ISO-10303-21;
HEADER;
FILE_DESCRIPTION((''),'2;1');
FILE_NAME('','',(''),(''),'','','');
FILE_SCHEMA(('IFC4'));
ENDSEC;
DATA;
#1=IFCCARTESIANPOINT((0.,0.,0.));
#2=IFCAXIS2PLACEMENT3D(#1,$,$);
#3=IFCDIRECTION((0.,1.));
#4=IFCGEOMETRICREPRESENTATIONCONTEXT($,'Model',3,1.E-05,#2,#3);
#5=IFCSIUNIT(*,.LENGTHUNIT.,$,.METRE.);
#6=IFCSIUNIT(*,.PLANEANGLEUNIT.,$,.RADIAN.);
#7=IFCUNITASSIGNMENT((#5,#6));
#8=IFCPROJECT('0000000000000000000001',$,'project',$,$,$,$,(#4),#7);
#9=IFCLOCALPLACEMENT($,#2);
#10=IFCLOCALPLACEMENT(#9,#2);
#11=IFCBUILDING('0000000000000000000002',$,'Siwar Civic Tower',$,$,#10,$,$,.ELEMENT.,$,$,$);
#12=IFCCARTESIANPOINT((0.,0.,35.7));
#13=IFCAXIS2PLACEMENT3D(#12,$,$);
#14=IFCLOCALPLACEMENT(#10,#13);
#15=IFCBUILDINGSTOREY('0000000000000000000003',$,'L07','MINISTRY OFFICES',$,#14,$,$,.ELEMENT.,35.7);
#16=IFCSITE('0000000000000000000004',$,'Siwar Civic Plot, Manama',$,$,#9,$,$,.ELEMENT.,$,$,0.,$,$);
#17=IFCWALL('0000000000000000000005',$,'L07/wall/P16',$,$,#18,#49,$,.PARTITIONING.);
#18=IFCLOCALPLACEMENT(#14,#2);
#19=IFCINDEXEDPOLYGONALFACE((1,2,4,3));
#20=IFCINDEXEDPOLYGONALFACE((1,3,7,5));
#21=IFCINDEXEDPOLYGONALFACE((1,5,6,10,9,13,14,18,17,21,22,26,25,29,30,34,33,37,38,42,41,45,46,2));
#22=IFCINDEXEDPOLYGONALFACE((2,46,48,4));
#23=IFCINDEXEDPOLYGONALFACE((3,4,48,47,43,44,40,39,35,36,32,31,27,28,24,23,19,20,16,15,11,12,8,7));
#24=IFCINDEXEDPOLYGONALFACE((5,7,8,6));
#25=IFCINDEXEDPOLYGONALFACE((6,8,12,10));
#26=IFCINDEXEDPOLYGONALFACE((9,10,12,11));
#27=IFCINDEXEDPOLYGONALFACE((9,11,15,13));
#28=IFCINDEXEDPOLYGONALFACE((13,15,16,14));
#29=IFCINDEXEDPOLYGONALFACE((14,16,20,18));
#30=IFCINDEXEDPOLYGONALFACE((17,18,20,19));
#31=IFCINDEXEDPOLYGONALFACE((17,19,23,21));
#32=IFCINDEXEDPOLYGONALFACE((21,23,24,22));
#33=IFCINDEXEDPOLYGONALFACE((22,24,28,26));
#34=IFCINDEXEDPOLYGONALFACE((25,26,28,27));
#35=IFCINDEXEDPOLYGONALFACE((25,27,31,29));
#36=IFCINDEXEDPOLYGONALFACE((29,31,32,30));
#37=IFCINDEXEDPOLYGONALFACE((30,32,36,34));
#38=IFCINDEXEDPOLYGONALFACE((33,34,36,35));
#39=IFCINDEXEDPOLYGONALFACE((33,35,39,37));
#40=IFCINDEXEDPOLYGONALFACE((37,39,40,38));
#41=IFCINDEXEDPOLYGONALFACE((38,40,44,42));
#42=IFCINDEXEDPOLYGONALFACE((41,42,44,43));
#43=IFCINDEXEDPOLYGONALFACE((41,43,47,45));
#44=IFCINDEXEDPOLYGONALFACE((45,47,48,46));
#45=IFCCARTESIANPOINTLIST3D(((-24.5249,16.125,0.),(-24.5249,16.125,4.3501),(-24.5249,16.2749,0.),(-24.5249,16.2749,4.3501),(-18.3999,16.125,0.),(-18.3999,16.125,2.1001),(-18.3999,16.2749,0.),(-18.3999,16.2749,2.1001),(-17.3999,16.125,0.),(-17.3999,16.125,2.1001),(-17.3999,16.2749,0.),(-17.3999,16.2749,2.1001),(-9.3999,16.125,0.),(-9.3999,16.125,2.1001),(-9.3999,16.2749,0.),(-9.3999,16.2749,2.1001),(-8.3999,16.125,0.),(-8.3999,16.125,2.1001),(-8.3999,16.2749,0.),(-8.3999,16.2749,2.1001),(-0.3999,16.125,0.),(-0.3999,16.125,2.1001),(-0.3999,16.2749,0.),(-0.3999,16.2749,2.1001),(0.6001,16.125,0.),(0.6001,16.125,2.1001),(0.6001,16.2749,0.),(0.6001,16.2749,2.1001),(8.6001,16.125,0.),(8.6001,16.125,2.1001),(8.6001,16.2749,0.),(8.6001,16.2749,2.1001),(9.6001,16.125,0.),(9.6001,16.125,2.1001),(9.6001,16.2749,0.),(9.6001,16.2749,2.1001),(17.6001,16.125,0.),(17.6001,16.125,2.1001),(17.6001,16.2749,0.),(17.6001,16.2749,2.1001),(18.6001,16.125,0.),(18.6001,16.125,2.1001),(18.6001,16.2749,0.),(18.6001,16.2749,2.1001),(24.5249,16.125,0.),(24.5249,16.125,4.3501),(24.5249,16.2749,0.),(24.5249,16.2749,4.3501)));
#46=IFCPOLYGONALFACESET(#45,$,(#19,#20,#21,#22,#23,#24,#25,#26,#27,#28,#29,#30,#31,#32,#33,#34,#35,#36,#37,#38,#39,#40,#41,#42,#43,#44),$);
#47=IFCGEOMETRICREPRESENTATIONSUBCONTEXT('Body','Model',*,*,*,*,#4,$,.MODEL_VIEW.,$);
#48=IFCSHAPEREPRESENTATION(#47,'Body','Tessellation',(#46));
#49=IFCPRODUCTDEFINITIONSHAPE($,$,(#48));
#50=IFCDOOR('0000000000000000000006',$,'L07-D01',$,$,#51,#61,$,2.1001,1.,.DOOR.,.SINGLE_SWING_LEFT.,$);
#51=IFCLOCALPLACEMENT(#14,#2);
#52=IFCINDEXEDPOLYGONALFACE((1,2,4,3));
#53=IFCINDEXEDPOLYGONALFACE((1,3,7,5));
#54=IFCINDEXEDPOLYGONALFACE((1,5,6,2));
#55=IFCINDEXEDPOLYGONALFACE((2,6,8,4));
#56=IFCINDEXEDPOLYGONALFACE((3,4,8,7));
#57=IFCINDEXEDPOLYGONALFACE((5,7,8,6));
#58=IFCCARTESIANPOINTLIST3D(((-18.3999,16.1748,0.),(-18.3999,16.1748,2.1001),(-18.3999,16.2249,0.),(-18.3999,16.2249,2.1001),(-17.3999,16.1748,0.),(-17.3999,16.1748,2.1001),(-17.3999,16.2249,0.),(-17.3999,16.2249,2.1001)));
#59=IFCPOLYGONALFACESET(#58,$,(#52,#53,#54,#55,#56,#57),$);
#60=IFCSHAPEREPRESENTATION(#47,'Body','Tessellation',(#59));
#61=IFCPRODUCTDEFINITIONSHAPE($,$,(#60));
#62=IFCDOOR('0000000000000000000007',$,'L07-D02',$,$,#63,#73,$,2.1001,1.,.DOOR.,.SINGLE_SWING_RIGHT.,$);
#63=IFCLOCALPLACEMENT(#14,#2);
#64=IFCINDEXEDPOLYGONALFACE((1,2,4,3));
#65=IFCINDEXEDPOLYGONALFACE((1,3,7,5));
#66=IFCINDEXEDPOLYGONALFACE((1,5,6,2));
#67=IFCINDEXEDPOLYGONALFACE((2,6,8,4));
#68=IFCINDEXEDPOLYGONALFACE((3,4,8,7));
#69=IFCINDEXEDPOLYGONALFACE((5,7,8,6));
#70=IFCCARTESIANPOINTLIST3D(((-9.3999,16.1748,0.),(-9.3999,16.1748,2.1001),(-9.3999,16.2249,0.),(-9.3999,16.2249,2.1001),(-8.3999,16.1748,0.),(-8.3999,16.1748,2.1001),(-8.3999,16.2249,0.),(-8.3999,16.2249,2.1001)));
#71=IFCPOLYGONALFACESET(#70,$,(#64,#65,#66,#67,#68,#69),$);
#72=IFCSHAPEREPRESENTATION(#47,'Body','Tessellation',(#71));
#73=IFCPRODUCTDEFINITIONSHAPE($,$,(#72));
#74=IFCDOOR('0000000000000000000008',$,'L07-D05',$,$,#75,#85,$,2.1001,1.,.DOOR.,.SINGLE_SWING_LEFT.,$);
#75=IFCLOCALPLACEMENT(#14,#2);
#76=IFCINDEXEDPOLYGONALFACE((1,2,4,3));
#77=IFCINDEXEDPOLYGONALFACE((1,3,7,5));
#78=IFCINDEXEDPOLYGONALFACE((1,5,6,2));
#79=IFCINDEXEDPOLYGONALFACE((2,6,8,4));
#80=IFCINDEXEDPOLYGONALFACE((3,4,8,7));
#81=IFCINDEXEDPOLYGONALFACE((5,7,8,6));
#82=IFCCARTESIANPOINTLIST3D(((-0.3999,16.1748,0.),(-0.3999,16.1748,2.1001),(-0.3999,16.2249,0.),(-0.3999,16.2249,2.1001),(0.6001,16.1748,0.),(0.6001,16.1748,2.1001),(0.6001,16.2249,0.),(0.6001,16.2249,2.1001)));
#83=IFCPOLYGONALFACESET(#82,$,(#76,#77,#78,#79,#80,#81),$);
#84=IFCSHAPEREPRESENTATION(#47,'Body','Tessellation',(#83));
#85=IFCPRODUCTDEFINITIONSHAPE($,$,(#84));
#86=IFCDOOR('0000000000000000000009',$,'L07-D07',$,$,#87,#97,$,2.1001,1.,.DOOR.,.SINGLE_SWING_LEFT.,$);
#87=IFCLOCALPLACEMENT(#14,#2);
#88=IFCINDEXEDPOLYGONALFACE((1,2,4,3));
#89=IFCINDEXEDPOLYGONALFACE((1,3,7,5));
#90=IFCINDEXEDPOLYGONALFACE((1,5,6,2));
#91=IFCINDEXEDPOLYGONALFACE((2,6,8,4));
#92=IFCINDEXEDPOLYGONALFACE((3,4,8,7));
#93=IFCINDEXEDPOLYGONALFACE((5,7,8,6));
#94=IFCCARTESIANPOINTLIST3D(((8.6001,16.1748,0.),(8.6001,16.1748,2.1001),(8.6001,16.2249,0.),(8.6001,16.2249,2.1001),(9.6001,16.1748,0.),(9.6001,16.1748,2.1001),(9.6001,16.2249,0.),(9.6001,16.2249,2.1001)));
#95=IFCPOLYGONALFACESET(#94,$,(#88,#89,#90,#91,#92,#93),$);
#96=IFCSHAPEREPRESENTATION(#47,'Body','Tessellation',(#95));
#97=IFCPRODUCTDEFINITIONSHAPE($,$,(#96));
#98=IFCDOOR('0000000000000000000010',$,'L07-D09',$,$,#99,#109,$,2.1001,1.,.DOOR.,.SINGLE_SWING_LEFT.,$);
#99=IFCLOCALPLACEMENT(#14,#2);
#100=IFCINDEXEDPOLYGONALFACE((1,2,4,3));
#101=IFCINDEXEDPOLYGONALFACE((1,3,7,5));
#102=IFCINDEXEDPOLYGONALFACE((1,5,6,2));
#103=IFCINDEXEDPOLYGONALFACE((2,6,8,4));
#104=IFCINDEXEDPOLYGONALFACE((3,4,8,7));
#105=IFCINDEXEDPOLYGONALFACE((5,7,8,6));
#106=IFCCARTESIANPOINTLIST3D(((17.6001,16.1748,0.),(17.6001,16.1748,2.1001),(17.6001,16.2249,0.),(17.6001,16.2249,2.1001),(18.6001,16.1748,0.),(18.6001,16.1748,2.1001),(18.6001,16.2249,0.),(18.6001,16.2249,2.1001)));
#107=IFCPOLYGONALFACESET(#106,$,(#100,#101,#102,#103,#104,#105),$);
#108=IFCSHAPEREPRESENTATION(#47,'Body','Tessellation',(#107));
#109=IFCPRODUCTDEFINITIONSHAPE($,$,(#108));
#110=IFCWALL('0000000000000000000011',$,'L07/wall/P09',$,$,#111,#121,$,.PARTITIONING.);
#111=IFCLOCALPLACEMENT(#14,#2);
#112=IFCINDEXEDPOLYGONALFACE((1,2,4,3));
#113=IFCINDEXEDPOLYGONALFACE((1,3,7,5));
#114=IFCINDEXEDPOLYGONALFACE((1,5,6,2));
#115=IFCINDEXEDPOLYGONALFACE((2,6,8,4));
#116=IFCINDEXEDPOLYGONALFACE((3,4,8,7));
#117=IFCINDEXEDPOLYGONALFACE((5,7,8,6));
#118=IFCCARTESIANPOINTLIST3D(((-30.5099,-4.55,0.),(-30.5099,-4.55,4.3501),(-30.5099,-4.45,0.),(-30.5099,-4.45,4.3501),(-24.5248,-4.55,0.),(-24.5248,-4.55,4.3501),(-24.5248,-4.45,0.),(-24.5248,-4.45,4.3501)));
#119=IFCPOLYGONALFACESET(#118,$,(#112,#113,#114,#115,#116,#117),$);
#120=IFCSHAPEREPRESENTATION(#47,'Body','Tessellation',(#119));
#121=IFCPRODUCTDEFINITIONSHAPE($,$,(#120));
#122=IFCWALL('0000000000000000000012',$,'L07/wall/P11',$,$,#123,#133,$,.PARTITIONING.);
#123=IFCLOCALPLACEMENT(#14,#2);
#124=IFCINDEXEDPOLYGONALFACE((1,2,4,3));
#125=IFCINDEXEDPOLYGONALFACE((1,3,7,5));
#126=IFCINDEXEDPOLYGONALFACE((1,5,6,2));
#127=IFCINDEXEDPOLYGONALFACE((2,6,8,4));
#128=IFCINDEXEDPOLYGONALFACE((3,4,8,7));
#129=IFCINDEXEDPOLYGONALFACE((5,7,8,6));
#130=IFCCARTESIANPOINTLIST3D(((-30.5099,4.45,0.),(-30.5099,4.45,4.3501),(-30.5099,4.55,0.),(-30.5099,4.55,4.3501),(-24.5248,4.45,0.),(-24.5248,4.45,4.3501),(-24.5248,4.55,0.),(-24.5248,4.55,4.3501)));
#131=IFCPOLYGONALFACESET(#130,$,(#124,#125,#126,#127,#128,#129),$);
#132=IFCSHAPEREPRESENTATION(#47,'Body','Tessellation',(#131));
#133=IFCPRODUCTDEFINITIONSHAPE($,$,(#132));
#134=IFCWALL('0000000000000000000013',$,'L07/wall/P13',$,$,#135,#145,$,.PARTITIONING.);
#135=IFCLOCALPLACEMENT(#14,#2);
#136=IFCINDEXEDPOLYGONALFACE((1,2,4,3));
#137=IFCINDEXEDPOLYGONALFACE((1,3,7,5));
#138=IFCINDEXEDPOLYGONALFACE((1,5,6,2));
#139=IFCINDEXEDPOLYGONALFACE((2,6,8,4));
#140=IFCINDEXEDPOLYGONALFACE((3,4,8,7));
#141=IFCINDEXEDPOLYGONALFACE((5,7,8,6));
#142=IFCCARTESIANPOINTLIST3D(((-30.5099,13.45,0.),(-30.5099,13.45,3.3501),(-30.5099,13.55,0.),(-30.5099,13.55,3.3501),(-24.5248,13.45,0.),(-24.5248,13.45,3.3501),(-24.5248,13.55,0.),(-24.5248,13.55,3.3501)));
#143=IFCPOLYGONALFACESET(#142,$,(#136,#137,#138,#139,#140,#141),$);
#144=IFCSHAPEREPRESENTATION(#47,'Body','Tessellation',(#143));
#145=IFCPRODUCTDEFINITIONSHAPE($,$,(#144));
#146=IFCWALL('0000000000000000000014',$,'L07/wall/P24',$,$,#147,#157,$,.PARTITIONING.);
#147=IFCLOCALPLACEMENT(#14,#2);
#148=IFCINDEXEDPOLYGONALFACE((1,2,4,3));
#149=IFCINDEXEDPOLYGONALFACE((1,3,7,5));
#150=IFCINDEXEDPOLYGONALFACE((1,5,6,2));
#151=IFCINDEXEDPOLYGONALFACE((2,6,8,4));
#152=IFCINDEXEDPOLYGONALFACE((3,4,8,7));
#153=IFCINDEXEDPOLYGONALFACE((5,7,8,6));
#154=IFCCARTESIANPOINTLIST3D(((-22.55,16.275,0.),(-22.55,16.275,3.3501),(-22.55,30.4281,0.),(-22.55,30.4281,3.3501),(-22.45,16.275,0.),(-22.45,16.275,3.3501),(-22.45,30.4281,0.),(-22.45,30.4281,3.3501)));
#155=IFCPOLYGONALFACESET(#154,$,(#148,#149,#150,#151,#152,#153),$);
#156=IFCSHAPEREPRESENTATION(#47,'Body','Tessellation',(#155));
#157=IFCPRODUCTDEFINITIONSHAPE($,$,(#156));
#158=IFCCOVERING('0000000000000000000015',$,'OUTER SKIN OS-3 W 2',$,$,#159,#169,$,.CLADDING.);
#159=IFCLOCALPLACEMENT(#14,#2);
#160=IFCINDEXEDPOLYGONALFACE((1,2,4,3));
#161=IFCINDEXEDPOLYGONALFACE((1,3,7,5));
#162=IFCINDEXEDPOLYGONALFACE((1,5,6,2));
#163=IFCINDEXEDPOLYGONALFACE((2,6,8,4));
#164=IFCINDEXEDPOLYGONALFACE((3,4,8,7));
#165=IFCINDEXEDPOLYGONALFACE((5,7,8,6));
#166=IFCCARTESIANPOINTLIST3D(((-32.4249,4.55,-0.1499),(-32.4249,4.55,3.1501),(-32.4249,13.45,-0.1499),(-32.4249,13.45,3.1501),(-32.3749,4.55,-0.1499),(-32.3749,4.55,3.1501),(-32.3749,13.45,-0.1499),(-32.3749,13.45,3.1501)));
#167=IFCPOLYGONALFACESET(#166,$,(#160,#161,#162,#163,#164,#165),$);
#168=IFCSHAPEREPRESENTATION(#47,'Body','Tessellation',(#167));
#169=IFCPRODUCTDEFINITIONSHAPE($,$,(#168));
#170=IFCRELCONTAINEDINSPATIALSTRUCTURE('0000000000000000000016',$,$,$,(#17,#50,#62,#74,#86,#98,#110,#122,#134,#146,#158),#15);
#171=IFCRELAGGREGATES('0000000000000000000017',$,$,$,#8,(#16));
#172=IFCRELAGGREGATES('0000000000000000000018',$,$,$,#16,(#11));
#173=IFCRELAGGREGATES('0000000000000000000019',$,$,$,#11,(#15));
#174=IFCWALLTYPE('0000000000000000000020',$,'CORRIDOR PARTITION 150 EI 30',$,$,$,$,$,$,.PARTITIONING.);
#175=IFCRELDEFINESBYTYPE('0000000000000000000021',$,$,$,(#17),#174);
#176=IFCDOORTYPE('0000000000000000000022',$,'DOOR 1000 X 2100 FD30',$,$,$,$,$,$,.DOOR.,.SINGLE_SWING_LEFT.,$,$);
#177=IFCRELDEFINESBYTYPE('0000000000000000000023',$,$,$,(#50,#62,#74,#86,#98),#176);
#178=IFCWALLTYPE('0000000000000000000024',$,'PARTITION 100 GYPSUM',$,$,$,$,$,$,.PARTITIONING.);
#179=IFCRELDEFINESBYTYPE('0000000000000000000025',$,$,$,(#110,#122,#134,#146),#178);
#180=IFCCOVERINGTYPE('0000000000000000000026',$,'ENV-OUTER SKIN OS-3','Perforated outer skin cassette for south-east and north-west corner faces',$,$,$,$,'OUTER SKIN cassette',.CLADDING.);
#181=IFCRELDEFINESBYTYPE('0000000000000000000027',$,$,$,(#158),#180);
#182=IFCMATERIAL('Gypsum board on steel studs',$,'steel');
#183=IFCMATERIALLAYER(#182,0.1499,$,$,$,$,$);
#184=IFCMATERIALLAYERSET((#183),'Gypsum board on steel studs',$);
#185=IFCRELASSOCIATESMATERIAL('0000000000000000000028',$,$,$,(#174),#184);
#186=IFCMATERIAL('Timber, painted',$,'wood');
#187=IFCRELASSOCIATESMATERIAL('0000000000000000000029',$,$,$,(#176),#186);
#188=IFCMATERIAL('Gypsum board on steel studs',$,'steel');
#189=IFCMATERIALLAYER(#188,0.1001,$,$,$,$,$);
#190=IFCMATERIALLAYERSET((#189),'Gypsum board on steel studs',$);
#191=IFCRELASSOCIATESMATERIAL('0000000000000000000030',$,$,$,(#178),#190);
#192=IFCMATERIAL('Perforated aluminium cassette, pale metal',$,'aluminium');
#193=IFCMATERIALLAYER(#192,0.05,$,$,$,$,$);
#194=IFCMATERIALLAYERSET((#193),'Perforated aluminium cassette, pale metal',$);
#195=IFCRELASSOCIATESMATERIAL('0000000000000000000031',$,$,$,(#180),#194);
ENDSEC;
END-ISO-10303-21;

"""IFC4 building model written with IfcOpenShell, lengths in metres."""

from ifc_helpers import new_model, si_unit, direction, frame, frame_2d, origin, origin_2d, place, context, subcontext, project, spatial, rectangle, extrude, material, layer, layer_set, type_object, element, fill, save


model = new_model("IFC4")

# Units and contexts
model_context = context("Model", 3, precision=1e-05, world=origin(), true_north=direction((0.0, 1.0)))
body_context = subcontext(model_context, "Body", "Model", "MODEL_VIEW")
ifc_project = project(units=[si_unit("LENGTHUNIT", "METRE"), si_unit("PLANEANGLEUNIT", "RADIAN")], contexts=[model_context])

# Site, building, storey
site_placement = place(None, origin())
site = spatial("IfcSite", under=ifc_project, at=site_placement, Name="Siwar Civic Plot, Manama", CompositionType="ELEMENT", RefElevation=0.0)
building_placement = place(site_placement, origin())
building = spatial("IfcBuilding", under=site, at=building_placement, Name="Siwar Civic Tower", CompositionType="ELEMENT")
storey_placement = place(building_placement, frame((0.0, 0.0, 35.7)))
storey = spatial("IfcBuildingStorey", under=building, at=storey_placement, Name="L07", Description="MINISTRY OFFICES", CompositionType="ELEMENT", Elevation=35.7)

# Wall, openings, doors
ifc_material_1 = material(Name="Gypsum board on steel studs", Category="steel")
ifc_layer_1 = layer(ifc_material_1, 0.1499)
ifc_layer_set_1 = layer_set([ifc_layer_1], Name="Gypsum board on steel studs")
wall_type_1 = type_object("IfcWallType", Name="CORRIDOR PARTITION 150 EI 30", PredefinedType="PARTITIONING", material=ifc_layer_set_1)
wall_1_placement = place(storey_placement, frame((-24.5249, 16.2, 0.0), z_axis=(0.0, 0.0, 1.0), x_axis=(1.0, 0.0, 0.0)))
wall_1 = element("IfcWall", 1, at=wall_1_placement, inside=storey, type_object=wall_type_1, Name="L07/wall/P16", PredefinedType="PARTITIONING", context=body_context, shape_type="SweptSolid", body=[
    extrude(rectangle(XDim=49.0498, YDim=0.1499, at=frame_2d((24.5249, 0.0))), origin(), (0.0, 0.0, 1.0), 4.3501),
])
opening_1_placement = place(wall_1_placement, frame((6.125, 0.0, 0.0)))
opening_1 = element("IfcOpeningElement", 2, at=opening_1_placement, cuts=wall_1, PredefinedType="OPENING", context=body_context, shape_type="SweptSolid", body=[
    extrude(rectangle(XDim=1.0, YDim=2.1001, at=frame_2d((0.5, 1.05))), frame((0.0, 0.085, 0.0), z_axis=(0.0, -1.0, 0.0), x_axis=(1.0, 0.0, 0.0)), (0.0, 0.0, 1.0), 0.1699),
])
opening_2_placement = place(wall_1_placement, frame((15.125, 0.0, 0.0)))
opening_2 = element("IfcOpeningElement", 3, at=opening_2_placement, cuts=wall_1, PredefinedType="OPENING", context=body_context, shape_type="SweptSolid", body=[
    extrude(rectangle(XDim=1.0, YDim=2.1001, at=frame_2d((0.5, 1.05))), frame((0.0, 0.085, 0.0), z_axis=(0.0, -1.0, 0.0), x_axis=(1.0, 0.0, 0.0)), (0.0, 0.0, 1.0), 0.1699),
])
opening_3_placement = place(wall_1_placement, frame((24.125, 0.0, 0.0)))
opening_3 = element("IfcOpeningElement", 4, at=opening_3_placement, cuts=wall_1, PredefinedType="OPENING", context=body_context, shape_type="SweptSolid", body=[
    extrude(rectangle(XDim=1.0, YDim=2.1001, at=frame_2d((0.5, 1.05))), frame((0.0, 0.085, 0.0), z_axis=(0.0, -1.0, 0.0), x_axis=(1.0, 0.0, 0.0)), (0.0, 0.0, 1.0), 0.1699),
])
opening_4_placement = place(wall_1_placement, frame((33.125, 0.0, 0.0)))
opening_4 = element("IfcOpeningElement", 5, at=opening_4_placement, cuts=wall_1, PredefinedType="OPENING", context=body_context, shape_type="SweptSolid", body=[
    extrude(rectangle(XDim=1.0, YDim=2.1001, at=frame_2d((0.5, 1.05))), frame((0.0, 0.085, 0.0), z_axis=(0.0, -1.0, 0.0), x_axis=(1.0, 0.0, 0.0)), (0.0, 0.0, 1.0), 0.1699),
])
opening_5_placement = place(wall_1_placement, frame((42.125, 0.0, 0.0)))
opening_5 = element("IfcOpeningElement", 6, at=opening_5_placement, cuts=wall_1, PredefinedType="OPENING", context=body_context, shape_type="SweptSolid", body=[
    extrude(rectangle(XDim=1.0, YDim=2.1001, at=frame_2d((0.5, 1.05))), frame((0.0, 0.085, 0.0), z_axis=(0.0, -1.0, 0.0), x_axis=(1.0, 0.0, 0.0)), (0.0, 0.0, 1.0), 0.1699),
])
ifc_material_2 = material(Name="Timber, painted", Category="wood")
door_type = type_object("IfcDoorType", Name="DOOR 1000 X 2100 FD30", OperationType="SINGLE_SWING_LEFT", PredefinedType="DOOR", material=ifc_material_2)
door_1_placement = place(opening_1_placement, origin())
door_1 = element("IfcDoor", 7, at=door_1_placement, inside=storey, type_object=door_type, Name="L07-D01", OperationType="SINGLE_SWING_LEFT", OverallHeight=2.1001, OverallWidth=1.0, PredefinedType="DOOR", context=body_context, shape_type="SweptSolid", body=[
    extrude(rectangle(XDim=1.0, YDim=2.1001, at=frame_2d((0.5, 1.05))), frame((0.0, 0.0249, 0.0), z_axis=(0.0, -1.0, 0.0), x_axis=(1.0, 0.0, 0.0)), (0.0, 0.0, 1.0), 0.05),
])
fill(opening_1, door_1)
door_2_placement = place(opening_2_placement, origin())
door_2 = element("IfcDoor", 8, at=door_2_placement, inside=storey, type_object=door_type, Name="L07-D02", OperationType="SINGLE_SWING_RIGHT", OverallHeight=2.1001, OverallWidth=1.0, PredefinedType="DOOR", context=body_context, shape_type="SweptSolid", body=[
    extrude(rectangle(XDim=1.0, YDim=2.1001, at=frame_2d((0.5, 1.05))), frame((0.0, 0.0249, 0.0), z_axis=(0.0, -1.0, 0.0), x_axis=(1.0, 0.0, 0.0)), (0.0, 0.0, 1.0), 0.05),
])
fill(opening_2, door_2)
door_3_placement = place(opening_3_placement, origin())
door_3 = element("IfcDoor", 9, at=door_3_placement, inside=storey, type_object=door_type, Name="L07-D05", OperationType="SINGLE_SWING_LEFT", OverallHeight=2.1001, OverallWidth=1.0, PredefinedType="DOOR", context=body_context, shape_type="SweptSolid", body=[
    extrude(rectangle(XDim=1.0, YDim=2.1001, at=frame_2d((0.5, 1.05))), frame((0.0, 0.0249, 0.0), z_axis=(0.0, -1.0, 0.0), x_axis=(1.0, 0.0, 0.0)), (0.0, 0.0, 1.0), 0.05),
])
fill(opening_3, door_3)
door_4_placement = place(opening_4_placement, origin())
door_4 = element("IfcDoor", 10, at=door_4_placement, inside=storey, type_object=door_type, Name="L07-D07", OperationType="SINGLE_SWING_LEFT", OverallHeight=2.1001, OverallWidth=1.0, PredefinedType="DOOR", context=body_context, shape_type="SweptSolid", body=[
    extrude(rectangle(XDim=1.0, YDim=2.1001, at=frame_2d((0.5, 1.05))), frame((0.0, 0.0249, 0.0), z_axis=(0.0, -1.0, 0.0), x_axis=(1.0, 0.0, 0.0)), (0.0, 0.0, 1.0), 0.05),
])
fill(opening_4, door_4)
door_5_placement = place(opening_5_placement, origin())
door_5 = element("IfcDoor", 11, at=door_5_placement, inside=storey, type_object=door_type, Name="L07-D09", OperationType="SINGLE_SWING_LEFT", OverallHeight=2.1001, OverallWidth=1.0, PredefinedType="DOOR", context=body_context, shape_type="SweptSolid", body=[
    extrude(rectangle(XDim=1.0, YDim=2.1001, at=frame_2d((0.5, 1.05))), frame((0.0, 0.0249, 0.0), z_axis=(0.0, -1.0, 0.0), x_axis=(1.0, 0.0, 0.0)), (0.0, 0.0, 1.0), 0.05),
])
fill(opening_5, door_5)

# Walls
ifc_material_3 = material(Name="Gypsum board on steel studs", Category="steel")
ifc_layer_2 = layer(ifc_material_3, 0.1001)
ifc_layer_set_2 = layer_set([ifc_layer_2], Name="Gypsum board on steel studs")
wall_type_2 = type_object("IfcWallType", Name="PARTITION 100 GYPSUM", PredefinedType="PARTITIONING", material=ifc_layer_set_2)
for number, where, z_axis, x_axis, name in (
    (12, (-30.51, -4.5, 0.0), (0.0, 0.0, 1.0), (1.0, 0.0, 0.0), "L07/wall/P09"),
    (13, (-30.51, 4.5, 0.0), (0.0, 0.0, 1.0), (1.0, 0.0, 0.0), "L07/wall/P11"),
):
    element("IfcWall", number, at=place(storey_placement, frame(where, z_axis=z_axis, x_axis=x_axis)), inside=storey, type_object=wall_type_2, Name=name, PredefinedType="PARTITIONING", context=body_context, shape_type="SweptSolid", body=[
        extrude(rectangle(XDim=5.9851, YDim=0.1001, at=frame_2d((2.9927, 0.0))), origin(), (0.0, 0.0, 1.0), 4.3501),
    ])
wall_2_placement = place(storey_placement, frame((-30.51, 13.5, 0.0), z_axis=(0.0, 0.0, 1.0), x_axis=(1.0, 0.0, 0.0)))
element("IfcWall", 14, at=wall_2_placement, inside=storey, type_object=wall_type_2, Name="L07/wall/P13", PredefinedType="PARTITIONING", context=body_context, shape_type="SweptSolid", body=[
    extrude(rectangle(XDim=5.9851, YDim=0.1001, at=frame_2d((2.9927, 0.0))), origin(), (0.0, 0.0, 1.0), 3.3501),
])
wall_3_placement = place(storey_placement, frame((-22.5, 16.2749, 0.0), z_axis=(0.0, 0.0, 1.0), x_axis=(0.0, 1.0, 0.0)))
element("IfcWall", 15, at=wall_3_placement, inside=storey, type_object=wall_type_2, Name="L07/wall/P24", PredefinedType="PARTITIONING", context=body_context, shape_type="SweptSolid", body=[
    extrude(rectangle(XDim=14.1531, YDim=0.1001, at=frame_2d((7.0767, 0.0))), origin(), (0.0, 0.0, 1.0), 3.3501),
])

# Covering
ifc_material_4 = material(Name="Perforated aluminium cassette, pale metal", Category="aluminium")
ifc_layer_3 = layer(ifc_material_4, 0.05)
ifc_layer_set_3 = layer_set([ifc_layer_3], Name="Perforated aluminium cassette, pale metal")
covering_type = type_object("IfcCoveringType", Name="ENV-OUTER SKIN OS-3", Description="Perforated outer skin cassette for south-east and north-west corner faces", ElementType="OUTER SKIN cassette", PredefinedType="CLADDING", material=ifc_layer_set_3)
for number, where, z_axis, x_axis, name in (
    (16, (-32.3999, 9.0, -0.1499), (0.0, 0.0, 1.0), (0.0, -1.0, 0.0), "OUTER SKIN OS-3 W 2"),
):
    element("IfcCovering", number, at=place(storey_placement, frame(where, z_axis=z_axis, x_axis=x_axis)), inside=storey, type_object=covering_type, Name=name, PredefinedType="CLADDING", context=body_context, shape_type="SweptSolid", body=[
        extrude(rectangle(XDim=8.8999, YDim=0.05, at=origin_2d()), origin(), (0.0, 0.0, 1.0), 3.3),
    ])

save(model, "model.ifc")
